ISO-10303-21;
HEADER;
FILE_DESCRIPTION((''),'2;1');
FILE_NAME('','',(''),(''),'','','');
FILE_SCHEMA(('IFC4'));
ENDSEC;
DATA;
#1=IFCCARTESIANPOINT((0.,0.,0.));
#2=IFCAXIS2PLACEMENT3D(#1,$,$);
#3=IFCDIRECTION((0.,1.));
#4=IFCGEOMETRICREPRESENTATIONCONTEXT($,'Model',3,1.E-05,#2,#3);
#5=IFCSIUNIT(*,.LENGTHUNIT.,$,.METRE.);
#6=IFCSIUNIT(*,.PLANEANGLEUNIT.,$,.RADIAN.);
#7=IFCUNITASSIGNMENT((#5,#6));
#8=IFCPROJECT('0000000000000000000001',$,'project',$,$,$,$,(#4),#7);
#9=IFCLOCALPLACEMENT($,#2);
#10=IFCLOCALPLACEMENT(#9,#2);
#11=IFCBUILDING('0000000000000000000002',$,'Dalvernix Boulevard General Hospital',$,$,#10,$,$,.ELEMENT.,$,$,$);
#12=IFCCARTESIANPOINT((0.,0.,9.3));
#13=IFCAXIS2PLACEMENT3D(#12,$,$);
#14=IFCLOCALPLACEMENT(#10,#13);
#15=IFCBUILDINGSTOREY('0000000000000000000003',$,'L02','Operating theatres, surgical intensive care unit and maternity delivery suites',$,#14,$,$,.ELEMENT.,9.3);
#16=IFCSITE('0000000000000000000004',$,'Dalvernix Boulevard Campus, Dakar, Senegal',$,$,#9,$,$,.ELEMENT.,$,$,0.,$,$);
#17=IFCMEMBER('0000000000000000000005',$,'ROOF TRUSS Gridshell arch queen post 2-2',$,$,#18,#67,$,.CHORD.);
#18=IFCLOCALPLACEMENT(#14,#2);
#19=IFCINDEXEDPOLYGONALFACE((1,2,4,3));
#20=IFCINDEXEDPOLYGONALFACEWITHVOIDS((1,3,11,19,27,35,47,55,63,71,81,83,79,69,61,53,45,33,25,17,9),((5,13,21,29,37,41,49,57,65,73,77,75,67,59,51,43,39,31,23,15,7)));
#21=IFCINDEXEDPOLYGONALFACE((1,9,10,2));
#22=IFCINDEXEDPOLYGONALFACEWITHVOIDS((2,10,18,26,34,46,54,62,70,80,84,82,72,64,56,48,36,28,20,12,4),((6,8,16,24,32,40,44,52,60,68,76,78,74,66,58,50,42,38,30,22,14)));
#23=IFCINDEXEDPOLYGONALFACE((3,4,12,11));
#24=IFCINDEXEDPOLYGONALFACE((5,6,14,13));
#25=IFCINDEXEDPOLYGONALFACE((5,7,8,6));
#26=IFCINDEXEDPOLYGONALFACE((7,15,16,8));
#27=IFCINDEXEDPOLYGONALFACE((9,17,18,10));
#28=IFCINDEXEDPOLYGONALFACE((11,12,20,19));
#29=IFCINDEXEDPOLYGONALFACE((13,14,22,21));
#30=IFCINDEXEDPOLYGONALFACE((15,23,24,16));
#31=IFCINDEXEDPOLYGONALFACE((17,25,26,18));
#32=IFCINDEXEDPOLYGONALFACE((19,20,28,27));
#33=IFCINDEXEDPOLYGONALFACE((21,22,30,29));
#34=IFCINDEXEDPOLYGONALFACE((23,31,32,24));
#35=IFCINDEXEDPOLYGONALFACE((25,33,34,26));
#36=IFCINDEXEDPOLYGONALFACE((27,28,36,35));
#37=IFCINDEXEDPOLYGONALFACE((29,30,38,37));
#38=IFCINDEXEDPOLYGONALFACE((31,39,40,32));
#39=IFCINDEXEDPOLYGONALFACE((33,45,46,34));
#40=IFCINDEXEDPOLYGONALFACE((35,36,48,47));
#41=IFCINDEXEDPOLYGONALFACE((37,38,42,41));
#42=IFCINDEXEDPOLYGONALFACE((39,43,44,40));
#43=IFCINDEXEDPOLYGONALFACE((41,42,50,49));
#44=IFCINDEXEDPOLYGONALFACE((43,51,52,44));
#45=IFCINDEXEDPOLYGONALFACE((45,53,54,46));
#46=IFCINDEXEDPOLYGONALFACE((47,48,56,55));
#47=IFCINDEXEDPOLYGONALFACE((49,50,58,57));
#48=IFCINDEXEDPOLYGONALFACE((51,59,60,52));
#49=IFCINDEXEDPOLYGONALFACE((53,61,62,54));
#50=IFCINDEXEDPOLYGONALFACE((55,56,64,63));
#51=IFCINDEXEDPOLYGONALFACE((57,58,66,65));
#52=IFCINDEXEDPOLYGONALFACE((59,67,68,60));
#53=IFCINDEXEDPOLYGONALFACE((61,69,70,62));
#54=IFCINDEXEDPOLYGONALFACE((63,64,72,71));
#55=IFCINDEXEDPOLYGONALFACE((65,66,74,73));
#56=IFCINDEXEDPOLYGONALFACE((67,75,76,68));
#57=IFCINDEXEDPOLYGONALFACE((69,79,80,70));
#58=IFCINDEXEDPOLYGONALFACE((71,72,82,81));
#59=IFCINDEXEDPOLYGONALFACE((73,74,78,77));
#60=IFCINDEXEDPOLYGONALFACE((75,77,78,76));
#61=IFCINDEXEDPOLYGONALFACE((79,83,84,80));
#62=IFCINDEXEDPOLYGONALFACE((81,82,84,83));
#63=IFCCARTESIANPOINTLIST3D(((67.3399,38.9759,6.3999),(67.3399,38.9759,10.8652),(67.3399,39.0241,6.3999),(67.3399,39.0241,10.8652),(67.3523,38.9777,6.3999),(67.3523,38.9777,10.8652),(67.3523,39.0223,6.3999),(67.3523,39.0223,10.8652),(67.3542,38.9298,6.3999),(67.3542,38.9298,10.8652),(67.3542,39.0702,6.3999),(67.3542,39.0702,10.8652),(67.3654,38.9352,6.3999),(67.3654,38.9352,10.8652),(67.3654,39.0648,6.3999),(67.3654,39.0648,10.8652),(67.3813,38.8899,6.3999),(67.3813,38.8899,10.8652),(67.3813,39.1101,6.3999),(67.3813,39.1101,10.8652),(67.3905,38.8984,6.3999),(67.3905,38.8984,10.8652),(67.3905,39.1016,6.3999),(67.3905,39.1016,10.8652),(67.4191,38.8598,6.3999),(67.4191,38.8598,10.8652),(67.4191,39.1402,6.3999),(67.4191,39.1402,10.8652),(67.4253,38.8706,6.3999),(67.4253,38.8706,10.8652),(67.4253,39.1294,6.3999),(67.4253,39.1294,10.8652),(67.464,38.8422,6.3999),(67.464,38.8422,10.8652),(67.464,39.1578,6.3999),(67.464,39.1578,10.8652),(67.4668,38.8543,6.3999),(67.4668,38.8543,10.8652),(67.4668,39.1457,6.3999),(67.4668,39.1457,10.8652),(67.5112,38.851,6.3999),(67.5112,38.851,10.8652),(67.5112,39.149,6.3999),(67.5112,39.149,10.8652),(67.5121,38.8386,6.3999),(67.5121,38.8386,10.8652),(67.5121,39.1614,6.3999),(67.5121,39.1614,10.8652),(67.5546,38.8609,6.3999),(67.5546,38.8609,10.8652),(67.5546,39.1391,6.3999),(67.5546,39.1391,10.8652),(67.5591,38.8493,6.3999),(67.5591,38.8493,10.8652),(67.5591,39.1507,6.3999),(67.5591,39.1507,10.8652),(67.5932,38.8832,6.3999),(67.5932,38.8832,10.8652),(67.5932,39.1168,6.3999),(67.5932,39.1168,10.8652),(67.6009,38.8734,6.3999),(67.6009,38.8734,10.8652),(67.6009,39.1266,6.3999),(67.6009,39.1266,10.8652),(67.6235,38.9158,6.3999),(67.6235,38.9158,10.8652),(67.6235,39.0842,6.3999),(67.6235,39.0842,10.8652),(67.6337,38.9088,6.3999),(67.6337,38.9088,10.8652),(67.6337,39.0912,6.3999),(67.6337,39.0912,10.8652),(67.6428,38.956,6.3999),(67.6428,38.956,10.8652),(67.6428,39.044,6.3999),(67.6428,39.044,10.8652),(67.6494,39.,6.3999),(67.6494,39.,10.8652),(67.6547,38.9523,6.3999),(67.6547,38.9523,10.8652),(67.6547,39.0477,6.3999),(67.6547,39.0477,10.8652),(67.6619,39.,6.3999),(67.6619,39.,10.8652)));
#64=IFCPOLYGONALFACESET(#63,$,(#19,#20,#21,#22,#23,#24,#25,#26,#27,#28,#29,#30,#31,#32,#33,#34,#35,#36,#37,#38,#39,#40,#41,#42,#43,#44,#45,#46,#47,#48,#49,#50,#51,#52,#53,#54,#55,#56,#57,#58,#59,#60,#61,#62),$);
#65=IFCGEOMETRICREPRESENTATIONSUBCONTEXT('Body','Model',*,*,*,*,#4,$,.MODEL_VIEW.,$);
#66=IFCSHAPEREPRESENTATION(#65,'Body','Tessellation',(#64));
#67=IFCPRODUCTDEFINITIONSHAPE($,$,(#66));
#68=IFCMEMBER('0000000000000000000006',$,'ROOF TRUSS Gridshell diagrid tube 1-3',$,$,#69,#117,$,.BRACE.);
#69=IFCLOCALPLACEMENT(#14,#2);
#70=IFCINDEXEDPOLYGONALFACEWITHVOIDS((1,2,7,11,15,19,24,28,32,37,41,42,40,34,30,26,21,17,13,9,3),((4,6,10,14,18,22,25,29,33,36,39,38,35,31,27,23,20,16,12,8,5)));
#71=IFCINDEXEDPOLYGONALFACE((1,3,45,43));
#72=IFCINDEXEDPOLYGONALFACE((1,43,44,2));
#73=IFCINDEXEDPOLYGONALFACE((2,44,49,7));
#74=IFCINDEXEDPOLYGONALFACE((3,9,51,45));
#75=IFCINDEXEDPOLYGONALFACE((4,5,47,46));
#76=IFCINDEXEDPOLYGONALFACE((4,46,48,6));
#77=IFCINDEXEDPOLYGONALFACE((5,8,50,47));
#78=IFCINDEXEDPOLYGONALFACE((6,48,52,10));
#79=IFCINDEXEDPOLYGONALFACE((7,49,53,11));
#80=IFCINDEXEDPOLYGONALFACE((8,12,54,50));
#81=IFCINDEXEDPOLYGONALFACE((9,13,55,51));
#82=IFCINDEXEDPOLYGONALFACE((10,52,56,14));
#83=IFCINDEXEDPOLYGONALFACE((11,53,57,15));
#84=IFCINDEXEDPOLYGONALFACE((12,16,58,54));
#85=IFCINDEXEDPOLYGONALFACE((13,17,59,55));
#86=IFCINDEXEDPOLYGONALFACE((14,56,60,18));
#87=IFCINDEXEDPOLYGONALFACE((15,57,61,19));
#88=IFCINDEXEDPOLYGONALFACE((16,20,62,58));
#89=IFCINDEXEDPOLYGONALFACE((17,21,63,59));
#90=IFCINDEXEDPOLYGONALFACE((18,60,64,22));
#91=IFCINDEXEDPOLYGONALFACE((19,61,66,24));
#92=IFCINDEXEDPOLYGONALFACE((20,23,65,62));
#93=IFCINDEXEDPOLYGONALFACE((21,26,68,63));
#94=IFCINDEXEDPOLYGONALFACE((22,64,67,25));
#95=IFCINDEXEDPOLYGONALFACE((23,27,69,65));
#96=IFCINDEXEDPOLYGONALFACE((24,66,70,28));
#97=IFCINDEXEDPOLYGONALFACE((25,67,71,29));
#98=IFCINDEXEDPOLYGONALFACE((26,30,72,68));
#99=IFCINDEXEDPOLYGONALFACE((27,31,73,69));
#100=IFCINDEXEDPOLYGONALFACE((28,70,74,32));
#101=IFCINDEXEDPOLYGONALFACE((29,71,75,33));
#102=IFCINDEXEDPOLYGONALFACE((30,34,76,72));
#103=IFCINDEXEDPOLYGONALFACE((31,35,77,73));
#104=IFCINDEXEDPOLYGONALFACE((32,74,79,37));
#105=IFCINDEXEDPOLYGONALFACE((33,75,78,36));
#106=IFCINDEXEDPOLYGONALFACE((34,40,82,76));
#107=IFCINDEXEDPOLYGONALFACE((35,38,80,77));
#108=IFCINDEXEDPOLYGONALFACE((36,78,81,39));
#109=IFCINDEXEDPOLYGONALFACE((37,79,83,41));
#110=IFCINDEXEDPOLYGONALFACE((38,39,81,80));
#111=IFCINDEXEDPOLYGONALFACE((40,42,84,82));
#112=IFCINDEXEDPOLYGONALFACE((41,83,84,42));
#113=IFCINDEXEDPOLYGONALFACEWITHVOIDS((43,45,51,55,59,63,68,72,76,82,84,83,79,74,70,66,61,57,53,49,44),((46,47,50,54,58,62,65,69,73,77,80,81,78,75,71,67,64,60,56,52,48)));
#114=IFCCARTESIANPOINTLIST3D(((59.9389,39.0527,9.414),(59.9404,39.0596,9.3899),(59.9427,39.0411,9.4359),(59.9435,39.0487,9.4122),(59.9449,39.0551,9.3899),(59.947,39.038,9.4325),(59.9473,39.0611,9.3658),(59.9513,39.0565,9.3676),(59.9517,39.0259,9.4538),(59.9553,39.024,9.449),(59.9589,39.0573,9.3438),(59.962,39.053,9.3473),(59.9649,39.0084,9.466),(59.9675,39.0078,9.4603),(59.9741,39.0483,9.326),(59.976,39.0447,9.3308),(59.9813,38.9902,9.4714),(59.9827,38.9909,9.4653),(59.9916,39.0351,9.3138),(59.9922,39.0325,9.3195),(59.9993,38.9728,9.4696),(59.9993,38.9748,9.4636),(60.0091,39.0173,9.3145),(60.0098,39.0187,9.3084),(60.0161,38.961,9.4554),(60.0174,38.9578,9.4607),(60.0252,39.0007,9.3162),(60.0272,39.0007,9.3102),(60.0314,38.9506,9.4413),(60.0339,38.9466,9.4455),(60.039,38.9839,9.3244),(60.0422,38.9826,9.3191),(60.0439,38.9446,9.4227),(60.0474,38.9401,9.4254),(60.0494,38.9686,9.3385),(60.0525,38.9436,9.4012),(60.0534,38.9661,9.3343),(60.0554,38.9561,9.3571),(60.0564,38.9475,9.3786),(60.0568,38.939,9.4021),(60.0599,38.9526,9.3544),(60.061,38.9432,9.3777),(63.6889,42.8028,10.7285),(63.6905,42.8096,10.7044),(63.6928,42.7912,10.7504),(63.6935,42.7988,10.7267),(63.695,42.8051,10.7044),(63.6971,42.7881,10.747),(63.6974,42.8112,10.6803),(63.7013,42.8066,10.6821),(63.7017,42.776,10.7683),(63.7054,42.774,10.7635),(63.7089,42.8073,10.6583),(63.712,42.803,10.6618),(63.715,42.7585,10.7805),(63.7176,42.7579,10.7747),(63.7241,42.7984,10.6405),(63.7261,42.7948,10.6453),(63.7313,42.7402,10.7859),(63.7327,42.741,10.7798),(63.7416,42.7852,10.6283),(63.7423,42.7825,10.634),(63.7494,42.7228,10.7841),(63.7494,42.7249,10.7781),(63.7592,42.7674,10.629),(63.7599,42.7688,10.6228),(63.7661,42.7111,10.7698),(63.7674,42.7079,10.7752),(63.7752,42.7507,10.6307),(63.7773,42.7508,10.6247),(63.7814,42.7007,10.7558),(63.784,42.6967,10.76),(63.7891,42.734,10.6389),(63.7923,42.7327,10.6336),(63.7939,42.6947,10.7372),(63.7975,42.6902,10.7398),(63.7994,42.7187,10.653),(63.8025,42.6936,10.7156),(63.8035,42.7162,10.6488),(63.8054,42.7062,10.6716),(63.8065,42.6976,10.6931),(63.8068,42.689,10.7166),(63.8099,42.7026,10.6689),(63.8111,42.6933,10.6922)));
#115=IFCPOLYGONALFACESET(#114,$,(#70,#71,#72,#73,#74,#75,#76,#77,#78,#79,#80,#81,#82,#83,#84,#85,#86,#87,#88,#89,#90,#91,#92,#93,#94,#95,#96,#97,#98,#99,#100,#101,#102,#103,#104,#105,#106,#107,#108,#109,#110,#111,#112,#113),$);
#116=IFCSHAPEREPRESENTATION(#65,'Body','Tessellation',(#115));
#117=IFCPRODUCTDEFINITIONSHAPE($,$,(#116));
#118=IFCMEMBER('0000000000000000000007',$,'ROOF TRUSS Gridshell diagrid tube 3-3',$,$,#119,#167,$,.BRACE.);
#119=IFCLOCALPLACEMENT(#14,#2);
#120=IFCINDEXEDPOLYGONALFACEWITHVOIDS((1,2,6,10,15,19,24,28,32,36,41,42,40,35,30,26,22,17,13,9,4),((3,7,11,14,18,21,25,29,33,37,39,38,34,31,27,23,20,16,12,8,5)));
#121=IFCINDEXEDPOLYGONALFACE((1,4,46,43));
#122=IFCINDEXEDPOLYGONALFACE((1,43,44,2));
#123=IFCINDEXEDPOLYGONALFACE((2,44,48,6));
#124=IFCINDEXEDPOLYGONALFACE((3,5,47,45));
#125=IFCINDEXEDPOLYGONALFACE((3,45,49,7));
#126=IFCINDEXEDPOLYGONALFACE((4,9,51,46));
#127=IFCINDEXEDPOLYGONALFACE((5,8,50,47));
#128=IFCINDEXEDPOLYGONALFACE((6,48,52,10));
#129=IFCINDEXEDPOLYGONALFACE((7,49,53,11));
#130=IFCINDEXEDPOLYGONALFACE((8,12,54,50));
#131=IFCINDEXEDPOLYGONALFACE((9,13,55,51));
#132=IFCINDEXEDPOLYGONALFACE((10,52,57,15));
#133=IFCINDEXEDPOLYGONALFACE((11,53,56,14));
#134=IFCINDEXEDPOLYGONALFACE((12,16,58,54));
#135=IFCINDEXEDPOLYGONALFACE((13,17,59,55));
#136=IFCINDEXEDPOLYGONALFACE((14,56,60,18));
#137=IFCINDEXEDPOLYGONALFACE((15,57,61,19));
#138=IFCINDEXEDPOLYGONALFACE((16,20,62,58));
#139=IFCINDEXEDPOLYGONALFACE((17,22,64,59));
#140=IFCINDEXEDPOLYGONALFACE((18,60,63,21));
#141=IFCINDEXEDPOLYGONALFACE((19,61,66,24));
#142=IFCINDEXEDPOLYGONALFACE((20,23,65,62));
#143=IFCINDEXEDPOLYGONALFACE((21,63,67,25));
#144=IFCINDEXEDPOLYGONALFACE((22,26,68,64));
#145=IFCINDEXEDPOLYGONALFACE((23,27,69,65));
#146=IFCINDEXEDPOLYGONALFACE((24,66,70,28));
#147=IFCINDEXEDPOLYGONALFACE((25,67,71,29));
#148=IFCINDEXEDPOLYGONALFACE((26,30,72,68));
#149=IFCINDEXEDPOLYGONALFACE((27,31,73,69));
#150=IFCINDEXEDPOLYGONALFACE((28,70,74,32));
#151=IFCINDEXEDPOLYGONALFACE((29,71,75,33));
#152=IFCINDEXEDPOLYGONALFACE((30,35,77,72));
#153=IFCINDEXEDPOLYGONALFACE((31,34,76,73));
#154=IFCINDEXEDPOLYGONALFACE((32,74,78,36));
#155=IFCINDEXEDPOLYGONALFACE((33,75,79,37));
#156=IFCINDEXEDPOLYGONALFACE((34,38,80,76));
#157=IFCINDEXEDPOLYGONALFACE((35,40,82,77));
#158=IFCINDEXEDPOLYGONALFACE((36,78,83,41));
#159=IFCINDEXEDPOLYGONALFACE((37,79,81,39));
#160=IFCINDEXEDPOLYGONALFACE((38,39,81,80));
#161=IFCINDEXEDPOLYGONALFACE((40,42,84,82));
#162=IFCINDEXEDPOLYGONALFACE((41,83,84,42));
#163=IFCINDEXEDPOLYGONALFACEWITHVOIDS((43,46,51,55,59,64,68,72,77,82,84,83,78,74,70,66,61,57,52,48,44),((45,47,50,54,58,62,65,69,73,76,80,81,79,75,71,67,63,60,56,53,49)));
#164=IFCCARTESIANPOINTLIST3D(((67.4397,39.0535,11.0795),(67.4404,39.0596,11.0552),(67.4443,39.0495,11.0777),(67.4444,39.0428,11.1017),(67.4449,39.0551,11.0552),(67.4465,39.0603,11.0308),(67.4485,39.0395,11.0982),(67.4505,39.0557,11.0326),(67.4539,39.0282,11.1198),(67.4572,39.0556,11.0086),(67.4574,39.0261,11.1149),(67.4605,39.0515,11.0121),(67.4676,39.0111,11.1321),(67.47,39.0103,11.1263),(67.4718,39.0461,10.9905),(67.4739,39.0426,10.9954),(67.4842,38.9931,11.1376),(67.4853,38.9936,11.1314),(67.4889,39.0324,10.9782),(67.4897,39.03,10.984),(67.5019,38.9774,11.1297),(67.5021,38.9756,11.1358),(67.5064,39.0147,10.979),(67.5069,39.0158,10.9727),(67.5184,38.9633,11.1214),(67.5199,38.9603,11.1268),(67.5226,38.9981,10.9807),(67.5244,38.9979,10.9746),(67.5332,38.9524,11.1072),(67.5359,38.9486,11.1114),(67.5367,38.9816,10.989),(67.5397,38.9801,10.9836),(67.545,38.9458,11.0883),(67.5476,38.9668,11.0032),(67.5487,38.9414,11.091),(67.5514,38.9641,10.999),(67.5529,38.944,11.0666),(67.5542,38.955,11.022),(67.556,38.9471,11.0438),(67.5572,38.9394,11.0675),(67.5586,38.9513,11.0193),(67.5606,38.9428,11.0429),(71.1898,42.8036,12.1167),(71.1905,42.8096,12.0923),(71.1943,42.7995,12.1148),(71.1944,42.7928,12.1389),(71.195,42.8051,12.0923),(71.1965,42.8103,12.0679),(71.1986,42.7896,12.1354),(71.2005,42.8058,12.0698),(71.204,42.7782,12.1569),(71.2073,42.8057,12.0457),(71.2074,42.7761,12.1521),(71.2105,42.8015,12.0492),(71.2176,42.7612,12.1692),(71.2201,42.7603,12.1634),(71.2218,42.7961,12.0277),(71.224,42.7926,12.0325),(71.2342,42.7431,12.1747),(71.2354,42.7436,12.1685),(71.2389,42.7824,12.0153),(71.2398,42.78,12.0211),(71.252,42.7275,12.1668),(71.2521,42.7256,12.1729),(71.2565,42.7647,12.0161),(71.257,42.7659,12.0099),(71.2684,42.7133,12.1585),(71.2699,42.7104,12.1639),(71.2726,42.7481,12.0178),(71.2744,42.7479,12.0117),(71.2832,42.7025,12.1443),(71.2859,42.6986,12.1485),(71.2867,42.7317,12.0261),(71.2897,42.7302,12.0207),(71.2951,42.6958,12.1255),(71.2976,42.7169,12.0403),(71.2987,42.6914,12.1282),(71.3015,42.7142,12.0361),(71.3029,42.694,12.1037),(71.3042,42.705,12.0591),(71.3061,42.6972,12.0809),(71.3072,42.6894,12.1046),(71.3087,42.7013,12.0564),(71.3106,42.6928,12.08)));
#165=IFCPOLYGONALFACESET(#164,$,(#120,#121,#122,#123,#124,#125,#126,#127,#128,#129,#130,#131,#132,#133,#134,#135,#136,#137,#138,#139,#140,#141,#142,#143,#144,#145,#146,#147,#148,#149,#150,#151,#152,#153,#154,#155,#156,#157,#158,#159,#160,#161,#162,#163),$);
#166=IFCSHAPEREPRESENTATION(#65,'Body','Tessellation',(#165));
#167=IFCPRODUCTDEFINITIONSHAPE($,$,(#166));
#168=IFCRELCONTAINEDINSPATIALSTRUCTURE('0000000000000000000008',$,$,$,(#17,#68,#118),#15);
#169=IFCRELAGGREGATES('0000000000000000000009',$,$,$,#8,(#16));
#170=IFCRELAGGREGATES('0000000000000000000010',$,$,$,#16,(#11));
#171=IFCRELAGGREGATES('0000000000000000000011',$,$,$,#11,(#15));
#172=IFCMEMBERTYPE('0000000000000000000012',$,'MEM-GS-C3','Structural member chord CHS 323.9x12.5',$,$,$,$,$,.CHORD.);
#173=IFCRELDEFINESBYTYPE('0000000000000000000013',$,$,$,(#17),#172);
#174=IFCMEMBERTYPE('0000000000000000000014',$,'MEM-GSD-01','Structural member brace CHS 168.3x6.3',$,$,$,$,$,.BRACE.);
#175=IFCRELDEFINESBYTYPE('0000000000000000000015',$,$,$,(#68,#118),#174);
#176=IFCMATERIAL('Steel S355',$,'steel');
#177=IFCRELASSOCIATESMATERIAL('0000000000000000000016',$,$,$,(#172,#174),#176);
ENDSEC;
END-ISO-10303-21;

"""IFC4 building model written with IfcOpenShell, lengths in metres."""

from ifc_helpers import new_model, si_unit, direction, frame, origin, origin_2d, place, context, subcontext, project, spatial, hollow_circle, extrude, material, material_profile, profile_set, type_object, element, save


model = new_model("IFC4")

# Units and contexts
model_context = context("Model", 3, precision=1e-05, world=origin(), true_north=direction((0.0, 1.0)))
body_context = subcontext(model_context, "Body", "Model", "MODEL_VIEW")
ifc_project = project(units=[si_unit("LENGTHUNIT", "METRE"), si_unit("PLANEANGLEUNIT", "RADIAN")], contexts=[model_context])

# Site, building, storey
site_placement = place(None, origin())
site = spatial("IfcSite", under=ifc_project, at=site_placement, Name="Dalvernix Boulevard Campus, Dakar, Senegal", CompositionType="ELEMENT", RefElevation=0.0)
building_placement = place(site_placement, origin())
building = spatial("IfcBuilding", under=site, at=building_placement, Name="Dalvernix Boulevard General Hospital", CompositionType="ELEMENT")
storey_placement = place(building_placement, frame((0.0, 0.0, 9.3)))
storey = spatial("IfcBuildingStorey", under=building, at=storey_placement, Name="L02", Description="Operating theatres, surgical intensive care unit and maternity delivery suites", CompositionType="ELEMENT", Elevation=9.3)

# Shared definitions
ifc_material_1 = material(Name="Steel S355", Category="steel")

# Members
ifc_material_profile_1 = material_profile(ifc_material_1, hollow_circle(Radius=0.1619, WallThickness=0.0125, at=origin_2d()), Name="CHS 323.9x12.5")
ifc_profile_set_1 = profile_set([ifc_material_profile_1], Name="Steel S355")
member_type_1 = type_object("IfcMemberType", Name="MEM-GS-C3", Description="Structural member chord CHS 323.9x12.5", PredefinedType="CHORD", material=ifc_profile_set_1)
member_1_placement = place(storey_placement, frame((67.5, 39.0, 6.3999), z_axis=(0.0, 0.0, 1.0), x_axis=(1.0, 0.0, 0.0)))
element("IfcMember", 1, at=member_1_placement, inside=storey, type_object=member_type_1, Name="ROOF TRUSS Gridshell arch queen post 2-2", PredefinedType="CHORD", context=body_context, shape_type="SweptSolid", body=[
    extrude(hollow_circle(Radius=0.1619, WallThickness=0.0125, at=origin_2d()), origin(), (0.0, 0.0, 1.0), 4.4653),
])
ifc_material_profile_2 = material_profile(ifc_material_1, hollow_circle(Radius=0.0842, WallThickness=0.0063, at=origin_2d()), Name="CHS 168.3x6.3")
ifc_profile_set_2 = profile_set([ifc_material_profile_2], Name="Steel S355")
member_type_2 = type_object("IfcMemberType", Name="MEM-GSD-01", Description="Structural member brace CHS 168.3x6.3", PredefinedType="BRACE", material=ifc_profile_set_2)
member_2_placement = place(storey_placement, frame((60.0, 39.0, 9.3899), z_axis=(0.686339, 0.686339, 0.240576), x_axis=(-0.707107, 0.707107, 0.0)))
element("IfcMember", 2, at=member_2_placement, inside=storey, type_object=member_type_2, Name="ROOF TRUSS Gridshell diagrid tube 1-3", PredefinedType="BRACE", context=body_context, shape_type="SweptSolid", body=[
    extrude(hollow_circle(Radius=0.0842, WallThickness=0.0063, at=origin_2d()), origin(), (0.0, 0.0, 1.0), 5.4639),
])
member_3_placement = place(storey_placement, frame((67.5, 39.0, 11.0552), z_axis=(0.693962, 0.693962, 0.191924), x_axis=(-0.707107, 0.707107, 0.0)))
element("IfcMember", 3, at=member_3_placement, inside=storey, type_object=member_type_2, Name="ROOF TRUSS Gridshell diagrid tube 3-3", PredefinedType="BRACE", context=body_context, shape_type="SweptSolid", body=[
    extrude(hollow_circle(Radius=0.0842, WallThickness=0.0063, at=origin_2d()), origin(), (0.0, 0.0, 1.0), 5.4038),
])

save(model, "model.ifc")
